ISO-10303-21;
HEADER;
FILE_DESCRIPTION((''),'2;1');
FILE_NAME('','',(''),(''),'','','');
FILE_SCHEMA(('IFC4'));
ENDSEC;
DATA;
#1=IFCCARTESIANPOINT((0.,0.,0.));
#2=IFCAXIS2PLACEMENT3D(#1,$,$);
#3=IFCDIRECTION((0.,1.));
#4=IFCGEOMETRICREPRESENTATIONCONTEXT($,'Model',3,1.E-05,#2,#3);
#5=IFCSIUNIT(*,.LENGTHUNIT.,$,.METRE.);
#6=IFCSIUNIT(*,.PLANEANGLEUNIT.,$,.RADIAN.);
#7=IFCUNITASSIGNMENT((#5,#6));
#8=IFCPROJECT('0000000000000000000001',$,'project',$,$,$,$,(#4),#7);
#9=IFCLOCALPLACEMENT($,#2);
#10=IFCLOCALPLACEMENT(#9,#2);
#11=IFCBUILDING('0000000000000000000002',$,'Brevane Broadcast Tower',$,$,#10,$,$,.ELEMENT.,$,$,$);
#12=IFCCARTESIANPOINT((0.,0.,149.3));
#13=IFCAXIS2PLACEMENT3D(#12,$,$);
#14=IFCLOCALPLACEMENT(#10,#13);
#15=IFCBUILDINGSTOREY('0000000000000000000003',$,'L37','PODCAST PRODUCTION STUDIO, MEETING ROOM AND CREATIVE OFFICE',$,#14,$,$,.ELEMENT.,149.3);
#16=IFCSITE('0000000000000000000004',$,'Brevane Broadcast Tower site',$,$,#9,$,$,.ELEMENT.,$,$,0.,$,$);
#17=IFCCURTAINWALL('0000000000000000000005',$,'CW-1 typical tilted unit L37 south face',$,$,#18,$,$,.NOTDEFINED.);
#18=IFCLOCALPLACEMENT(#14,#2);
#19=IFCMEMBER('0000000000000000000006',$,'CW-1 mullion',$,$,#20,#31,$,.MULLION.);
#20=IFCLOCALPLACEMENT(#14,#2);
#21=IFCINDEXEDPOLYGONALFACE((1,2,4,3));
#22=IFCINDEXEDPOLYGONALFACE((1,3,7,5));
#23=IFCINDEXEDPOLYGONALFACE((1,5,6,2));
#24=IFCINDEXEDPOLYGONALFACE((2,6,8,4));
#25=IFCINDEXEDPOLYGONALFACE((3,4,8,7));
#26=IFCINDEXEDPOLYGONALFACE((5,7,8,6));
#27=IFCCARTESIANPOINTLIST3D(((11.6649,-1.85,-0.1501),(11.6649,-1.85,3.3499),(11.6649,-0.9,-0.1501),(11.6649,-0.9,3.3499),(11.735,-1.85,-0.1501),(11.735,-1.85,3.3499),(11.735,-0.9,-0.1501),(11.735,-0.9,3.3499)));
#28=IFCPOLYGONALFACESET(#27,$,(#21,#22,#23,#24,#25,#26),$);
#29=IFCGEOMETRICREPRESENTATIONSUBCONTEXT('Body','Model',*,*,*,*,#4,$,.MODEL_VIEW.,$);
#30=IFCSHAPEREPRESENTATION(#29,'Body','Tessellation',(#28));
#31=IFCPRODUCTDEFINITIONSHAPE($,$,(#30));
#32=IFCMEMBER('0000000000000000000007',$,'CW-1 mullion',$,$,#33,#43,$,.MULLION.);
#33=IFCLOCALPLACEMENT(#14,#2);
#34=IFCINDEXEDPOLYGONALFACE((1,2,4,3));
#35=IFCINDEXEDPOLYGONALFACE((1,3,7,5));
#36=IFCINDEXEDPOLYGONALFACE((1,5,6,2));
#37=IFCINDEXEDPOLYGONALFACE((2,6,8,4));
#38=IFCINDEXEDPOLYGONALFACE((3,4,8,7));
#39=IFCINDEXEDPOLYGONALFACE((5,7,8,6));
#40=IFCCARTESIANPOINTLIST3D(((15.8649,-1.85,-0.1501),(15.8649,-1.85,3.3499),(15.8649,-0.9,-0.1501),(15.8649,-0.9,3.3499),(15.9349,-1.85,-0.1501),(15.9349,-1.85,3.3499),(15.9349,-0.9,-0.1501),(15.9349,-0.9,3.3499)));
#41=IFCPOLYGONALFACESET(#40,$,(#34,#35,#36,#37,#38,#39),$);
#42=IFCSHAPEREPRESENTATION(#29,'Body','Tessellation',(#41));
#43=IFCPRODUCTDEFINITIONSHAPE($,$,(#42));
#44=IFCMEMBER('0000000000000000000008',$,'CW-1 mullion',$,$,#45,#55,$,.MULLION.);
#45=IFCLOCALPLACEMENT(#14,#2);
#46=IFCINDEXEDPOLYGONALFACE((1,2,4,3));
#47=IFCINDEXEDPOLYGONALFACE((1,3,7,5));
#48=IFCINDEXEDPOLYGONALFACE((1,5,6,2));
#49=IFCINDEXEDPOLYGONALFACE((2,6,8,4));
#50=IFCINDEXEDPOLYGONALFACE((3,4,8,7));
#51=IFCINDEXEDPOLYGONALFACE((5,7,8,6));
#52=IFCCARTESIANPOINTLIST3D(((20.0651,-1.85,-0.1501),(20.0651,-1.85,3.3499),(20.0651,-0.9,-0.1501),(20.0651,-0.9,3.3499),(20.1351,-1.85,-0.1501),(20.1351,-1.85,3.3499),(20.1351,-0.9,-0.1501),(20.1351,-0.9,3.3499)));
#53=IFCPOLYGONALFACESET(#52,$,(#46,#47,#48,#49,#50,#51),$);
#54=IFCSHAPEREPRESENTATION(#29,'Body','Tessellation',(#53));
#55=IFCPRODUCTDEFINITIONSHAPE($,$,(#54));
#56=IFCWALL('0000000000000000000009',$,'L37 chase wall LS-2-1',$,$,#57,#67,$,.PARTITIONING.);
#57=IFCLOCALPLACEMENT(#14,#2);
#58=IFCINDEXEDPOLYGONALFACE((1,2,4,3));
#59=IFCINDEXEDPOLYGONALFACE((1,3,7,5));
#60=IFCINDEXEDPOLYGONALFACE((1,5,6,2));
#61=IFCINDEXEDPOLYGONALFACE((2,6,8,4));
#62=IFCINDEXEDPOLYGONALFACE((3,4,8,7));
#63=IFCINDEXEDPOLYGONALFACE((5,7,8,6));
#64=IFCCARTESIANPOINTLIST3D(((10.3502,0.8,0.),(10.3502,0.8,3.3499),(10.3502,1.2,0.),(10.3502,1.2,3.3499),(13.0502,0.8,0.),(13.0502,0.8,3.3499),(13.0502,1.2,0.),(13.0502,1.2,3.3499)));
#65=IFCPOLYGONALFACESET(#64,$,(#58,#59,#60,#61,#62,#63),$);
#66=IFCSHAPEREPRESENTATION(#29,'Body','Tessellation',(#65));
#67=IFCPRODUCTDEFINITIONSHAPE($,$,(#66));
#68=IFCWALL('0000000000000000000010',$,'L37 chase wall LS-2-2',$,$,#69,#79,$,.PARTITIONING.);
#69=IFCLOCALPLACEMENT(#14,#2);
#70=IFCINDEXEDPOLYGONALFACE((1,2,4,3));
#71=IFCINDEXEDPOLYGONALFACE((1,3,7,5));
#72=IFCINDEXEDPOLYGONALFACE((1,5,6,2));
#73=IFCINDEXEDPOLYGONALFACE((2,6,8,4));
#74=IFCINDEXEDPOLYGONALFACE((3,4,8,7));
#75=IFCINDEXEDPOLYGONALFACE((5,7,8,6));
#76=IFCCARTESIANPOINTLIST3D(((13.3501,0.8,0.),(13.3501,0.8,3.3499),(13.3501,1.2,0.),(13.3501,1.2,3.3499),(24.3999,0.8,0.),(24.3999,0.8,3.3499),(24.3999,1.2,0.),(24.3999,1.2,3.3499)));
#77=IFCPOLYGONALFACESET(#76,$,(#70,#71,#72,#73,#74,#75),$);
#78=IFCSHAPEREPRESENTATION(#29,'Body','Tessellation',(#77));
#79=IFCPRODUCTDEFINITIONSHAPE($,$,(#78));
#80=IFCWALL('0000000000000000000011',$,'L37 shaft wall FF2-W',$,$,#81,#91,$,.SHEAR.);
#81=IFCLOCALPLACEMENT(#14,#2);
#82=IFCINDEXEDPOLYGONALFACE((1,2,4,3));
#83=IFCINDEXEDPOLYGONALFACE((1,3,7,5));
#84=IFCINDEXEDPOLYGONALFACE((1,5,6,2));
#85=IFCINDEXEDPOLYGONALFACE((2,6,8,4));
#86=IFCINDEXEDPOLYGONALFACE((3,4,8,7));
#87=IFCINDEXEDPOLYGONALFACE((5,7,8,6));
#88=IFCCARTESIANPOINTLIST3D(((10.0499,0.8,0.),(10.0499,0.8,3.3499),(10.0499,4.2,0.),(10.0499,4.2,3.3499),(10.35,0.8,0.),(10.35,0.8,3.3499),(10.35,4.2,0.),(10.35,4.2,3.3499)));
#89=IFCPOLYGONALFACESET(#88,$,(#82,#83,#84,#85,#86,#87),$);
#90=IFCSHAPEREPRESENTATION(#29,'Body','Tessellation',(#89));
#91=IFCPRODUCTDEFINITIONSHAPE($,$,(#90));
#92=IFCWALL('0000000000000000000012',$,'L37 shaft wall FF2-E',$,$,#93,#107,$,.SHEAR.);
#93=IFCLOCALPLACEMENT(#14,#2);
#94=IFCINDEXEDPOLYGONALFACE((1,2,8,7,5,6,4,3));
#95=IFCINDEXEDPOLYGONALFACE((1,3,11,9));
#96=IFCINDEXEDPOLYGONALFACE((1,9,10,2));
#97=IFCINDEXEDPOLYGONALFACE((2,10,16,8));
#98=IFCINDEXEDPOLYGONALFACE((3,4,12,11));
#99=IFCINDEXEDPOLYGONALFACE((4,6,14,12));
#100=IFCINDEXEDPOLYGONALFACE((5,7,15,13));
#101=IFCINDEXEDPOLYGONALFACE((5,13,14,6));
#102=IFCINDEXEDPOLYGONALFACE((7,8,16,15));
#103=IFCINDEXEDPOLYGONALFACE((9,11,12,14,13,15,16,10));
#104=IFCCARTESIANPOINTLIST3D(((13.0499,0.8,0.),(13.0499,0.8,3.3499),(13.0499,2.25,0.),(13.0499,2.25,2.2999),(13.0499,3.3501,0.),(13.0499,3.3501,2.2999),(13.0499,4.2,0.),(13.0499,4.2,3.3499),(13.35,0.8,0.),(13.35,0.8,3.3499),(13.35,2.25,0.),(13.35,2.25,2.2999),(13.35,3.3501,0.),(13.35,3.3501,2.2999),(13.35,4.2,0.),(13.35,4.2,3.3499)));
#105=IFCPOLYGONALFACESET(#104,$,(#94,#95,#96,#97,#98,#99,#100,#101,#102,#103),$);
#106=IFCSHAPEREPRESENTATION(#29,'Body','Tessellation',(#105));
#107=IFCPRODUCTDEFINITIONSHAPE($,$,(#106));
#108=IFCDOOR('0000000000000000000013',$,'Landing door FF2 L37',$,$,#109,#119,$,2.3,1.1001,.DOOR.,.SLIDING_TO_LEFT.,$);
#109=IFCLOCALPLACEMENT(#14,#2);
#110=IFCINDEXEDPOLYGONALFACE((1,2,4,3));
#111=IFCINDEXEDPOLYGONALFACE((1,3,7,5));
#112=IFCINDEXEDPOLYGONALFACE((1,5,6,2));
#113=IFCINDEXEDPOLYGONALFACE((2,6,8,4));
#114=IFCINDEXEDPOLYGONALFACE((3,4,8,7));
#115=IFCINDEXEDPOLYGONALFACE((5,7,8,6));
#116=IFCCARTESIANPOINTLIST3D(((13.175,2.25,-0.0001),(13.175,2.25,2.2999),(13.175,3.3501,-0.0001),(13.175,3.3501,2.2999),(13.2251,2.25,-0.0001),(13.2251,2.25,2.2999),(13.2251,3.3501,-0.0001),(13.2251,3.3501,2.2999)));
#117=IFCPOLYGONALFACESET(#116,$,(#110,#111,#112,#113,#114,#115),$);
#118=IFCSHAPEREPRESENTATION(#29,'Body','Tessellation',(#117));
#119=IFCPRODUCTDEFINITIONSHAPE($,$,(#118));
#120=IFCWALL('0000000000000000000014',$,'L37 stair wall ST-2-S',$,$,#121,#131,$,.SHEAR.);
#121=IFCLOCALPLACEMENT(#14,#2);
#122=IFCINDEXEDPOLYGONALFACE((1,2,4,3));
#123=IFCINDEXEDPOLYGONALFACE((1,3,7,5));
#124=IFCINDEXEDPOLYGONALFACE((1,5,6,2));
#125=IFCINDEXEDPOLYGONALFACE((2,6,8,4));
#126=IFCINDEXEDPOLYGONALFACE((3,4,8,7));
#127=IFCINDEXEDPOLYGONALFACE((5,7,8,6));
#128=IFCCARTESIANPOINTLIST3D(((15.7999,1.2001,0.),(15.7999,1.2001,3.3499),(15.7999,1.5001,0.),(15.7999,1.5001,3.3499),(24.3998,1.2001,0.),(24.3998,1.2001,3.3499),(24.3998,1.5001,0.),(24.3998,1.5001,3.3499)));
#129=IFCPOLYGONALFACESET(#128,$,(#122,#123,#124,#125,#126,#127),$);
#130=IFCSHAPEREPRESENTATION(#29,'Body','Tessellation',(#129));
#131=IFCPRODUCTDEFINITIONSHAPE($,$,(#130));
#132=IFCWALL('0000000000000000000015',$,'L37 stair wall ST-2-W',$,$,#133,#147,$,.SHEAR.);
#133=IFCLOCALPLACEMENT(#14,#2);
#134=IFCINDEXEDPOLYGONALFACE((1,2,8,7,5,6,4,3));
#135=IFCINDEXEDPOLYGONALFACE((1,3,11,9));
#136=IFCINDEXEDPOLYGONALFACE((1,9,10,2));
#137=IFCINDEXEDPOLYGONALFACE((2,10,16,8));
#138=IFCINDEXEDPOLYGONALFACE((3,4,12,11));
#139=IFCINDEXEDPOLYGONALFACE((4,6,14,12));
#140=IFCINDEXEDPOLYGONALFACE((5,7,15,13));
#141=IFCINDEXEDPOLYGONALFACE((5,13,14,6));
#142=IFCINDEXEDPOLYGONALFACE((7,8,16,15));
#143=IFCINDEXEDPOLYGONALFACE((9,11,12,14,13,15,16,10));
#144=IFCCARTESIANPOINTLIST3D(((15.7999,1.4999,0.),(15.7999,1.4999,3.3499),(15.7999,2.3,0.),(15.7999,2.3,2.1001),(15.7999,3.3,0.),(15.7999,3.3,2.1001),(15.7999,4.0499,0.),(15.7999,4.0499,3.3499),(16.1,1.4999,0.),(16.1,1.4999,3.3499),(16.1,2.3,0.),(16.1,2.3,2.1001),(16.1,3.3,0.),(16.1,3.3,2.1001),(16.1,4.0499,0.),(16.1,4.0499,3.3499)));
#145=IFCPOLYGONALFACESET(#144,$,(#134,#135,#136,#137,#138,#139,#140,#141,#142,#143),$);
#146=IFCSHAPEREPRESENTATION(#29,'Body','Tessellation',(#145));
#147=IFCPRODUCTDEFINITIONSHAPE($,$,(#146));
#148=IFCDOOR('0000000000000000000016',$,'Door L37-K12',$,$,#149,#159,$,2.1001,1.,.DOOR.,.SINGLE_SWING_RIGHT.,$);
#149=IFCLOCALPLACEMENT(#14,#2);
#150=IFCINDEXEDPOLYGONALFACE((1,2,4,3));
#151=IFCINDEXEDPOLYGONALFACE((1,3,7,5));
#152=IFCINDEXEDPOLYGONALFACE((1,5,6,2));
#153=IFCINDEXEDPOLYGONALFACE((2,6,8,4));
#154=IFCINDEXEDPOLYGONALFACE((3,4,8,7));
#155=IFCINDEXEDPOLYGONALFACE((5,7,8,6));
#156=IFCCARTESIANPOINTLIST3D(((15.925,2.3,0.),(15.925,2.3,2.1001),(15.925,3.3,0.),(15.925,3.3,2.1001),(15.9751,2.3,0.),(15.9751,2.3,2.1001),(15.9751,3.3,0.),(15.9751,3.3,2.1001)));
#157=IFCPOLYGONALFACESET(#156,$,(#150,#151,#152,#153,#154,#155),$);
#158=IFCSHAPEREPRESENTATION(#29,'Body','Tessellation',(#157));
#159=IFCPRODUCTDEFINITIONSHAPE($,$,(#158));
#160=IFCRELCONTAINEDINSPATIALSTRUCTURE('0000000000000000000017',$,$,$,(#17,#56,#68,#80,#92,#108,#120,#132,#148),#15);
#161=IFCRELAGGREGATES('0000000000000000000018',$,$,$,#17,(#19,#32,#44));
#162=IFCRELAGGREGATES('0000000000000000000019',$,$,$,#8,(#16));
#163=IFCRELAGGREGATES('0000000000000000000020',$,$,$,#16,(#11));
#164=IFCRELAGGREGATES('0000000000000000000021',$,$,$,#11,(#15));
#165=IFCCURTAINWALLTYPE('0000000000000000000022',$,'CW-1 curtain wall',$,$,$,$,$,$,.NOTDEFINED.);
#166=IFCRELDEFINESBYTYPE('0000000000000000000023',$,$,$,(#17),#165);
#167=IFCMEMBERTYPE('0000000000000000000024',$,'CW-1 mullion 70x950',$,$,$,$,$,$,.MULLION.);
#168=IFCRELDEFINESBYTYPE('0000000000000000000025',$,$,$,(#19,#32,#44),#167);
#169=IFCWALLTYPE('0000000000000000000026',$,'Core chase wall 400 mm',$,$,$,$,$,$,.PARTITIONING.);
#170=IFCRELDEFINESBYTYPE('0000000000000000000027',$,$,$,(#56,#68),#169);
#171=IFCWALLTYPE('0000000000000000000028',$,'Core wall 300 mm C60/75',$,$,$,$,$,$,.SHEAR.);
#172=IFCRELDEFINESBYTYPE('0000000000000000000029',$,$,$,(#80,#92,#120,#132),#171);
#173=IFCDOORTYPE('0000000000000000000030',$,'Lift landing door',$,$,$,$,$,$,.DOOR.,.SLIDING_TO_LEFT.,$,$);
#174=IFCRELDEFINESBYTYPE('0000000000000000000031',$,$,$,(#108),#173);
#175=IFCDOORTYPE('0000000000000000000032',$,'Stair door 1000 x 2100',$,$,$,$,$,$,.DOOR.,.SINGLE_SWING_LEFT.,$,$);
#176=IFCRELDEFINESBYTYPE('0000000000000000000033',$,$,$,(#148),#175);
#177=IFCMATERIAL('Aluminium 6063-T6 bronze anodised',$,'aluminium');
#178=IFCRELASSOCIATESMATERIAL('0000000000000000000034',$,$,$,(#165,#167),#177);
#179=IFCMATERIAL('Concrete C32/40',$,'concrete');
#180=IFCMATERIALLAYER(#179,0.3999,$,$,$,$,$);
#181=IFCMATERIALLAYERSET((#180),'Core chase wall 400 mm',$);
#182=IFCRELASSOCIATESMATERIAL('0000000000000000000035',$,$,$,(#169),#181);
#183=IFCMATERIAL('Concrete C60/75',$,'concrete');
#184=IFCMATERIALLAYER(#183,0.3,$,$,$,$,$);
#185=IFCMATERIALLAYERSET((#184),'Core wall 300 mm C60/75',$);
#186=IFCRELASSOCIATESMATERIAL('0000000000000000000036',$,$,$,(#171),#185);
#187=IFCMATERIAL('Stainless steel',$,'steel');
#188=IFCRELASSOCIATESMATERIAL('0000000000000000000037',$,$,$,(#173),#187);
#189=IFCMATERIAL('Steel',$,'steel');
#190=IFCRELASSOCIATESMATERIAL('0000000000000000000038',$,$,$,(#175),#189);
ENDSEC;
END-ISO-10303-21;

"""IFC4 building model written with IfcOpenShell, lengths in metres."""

from ifc_helpers import new_model, si_unit, direction, frame, frame_2d, origin, origin_2d, place, context, subcontext, project, spatial, rectangle, extrude, material, layer, layer_set, material_profile, profile_set, type_object, element, fill, aggregate, save


model = new_model("IFC4")

# Units and contexts
model_context = context("Model", 3, precision=1e-05, world=origin(), true_north=direction((0.0, 1.0)))
body_context = subcontext(model_context, "Body", "Model", "MODEL_VIEW")
ifc_project = project(units=[si_unit("LENGTHUNIT", "METRE"), si_unit("PLANEANGLEUNIT", "RADIAN")], contexts=[model_context])

# Site, building, storey
site_placement = place(None, origin())
site = spatial("IfcSite", under=ifc_project, at=site_placement, Name="Brevane Broadcast Tower site", CompositionType="ELEMENT", RefElevation=0.0)
building_placement = place(site_placement, origin())
building = spatial("IfcBuilding", under=site, at=building_placement, Name="Brevane Broadcast Tower", CompositionType="ELEMENT")
storey_placement = place(building_placement, frame((0.0, 0.0, 149.3)))
storey = spatial("IfcBuildingStorey", under=building, at=storey_placement, Name="L37", Description="PODCAST PRODUCTION STUDIO, MEETING ROOM AND CREATIVE OFFICE", CompositionType="ELEMENT", Elevation=149.3)

# Curtain wall, members
ifc_material_1 = material(Name="Aluminium 6063-T6 bronze anodised", Category="aluminium")
curtain_wall_type = type_object("IfcCurtainWallType", Name="CW-1 curtain wall", PredefinedType="NOTDEFINED", material=ifc_material_1)
curtain_wall_placement = place(storey_placement, origin())
curtain_wall = element("IfcCurtainWall", 1, at=curtain_wall_placement, inside=storey, type_object=curtain_wall_type, Name="CW-1 typical tilted unit L37 south face", PredefinedType="NOTDEFINED")
ifc_material_profile = material_profile(ifc_material_1, rectangle(XDim=0.95, YDim=0.0701, at=origin_2d()), Name="RECT 70x950")
ifc_profile_set = profile_set([ifc_material_profile], Name="Aluminium 6063-T6 bronze anodised")
member_type = type_object("IfcMemberType", Name="CW-1 mullion 70x950", PredefinedType="MULLION", material=ifc_profile_set)
member_1_placement = place(storey_placement, frame((11.7, -1.375, -0.1501), z_axis=(0.0, 0.0, 1.0), x_axis=(0.0, 1.0, 0.0)))
member_1 = element("IfcMember", 2, at=member_1_placement, type_object=member_type, Name="CW-1 mullion", PredefinedType="MULLION", context=body_context, shape_type="SweptSolid", body=[
    extrude(rectangle(XDim=0.95, YDim=0.0701, at=origin_2d()), origin(), (0.0, 0.0, 1.0), 3.5),
])
member_2_placement = place(storey_placement, frame((15.8999, -1.375, -0.1501), z_axis=(0.0, 0.0, 1.0), x_axis=(0.0, 1.0, 0.0)))
member_2 = element("IfcMember", 3, at=member_2_placement, type_object=member_type, Name="CW-1 mullion", PredefinedType="MULLION", context=body_context, shape_type="SweptSolid", body=[
    extrude(rectangle(XDim=0.95, YDim=0.0701, at=origin_2d()), origin(), (0.0, 0.0, 1.0), 3.5),
])
member_3_placement = place(storey_placement, frame((20.1001, -1.375, -0.1501), z_axis=(0.0, 0.0, 1.0), x_axis=(0.0, 1.0, 0.0)))
member_3 = element("IfcMember", 4, at=member_3_placement, type_object=member_type, Name="CW-1 mullion", PredefinedType="MULLION", context=body_context, shape_type="SweptSolid", body=[
    extrude(rectangle(XDim=0.95, YDim=0.0701, at=origin_2d()), origin(), (0.0, 0.0, 1.0), 3.5),
])
aggregate(curtain_wall, [member_1, member_2, member_3])

# Walls
ifc_material_2 = material(Name="Concrete C32/40", Category="concrete")
ifc_layer_1 = layer(ifc_material_2, 0.3999)
ifc_layer_set_1 = layer_set([ifc_layer_1], Name="Core chase wall 400 mm")
wall_type_1 = type_object("IfcWallType", Name="Core chase wall 400 mm", PredefinedType="PARTITIONING", material=ifc_layer_set_1)
wall_1_placement = place(storey_placement, frame((10.3501, 1.0, 0.0), z_axis=(0.0, 0.0, 1.0), x_axis=(1.0, 0.0, 0.0)))
element("IfcWall", 5, at=wall_1_placement, inside=storey, type_object=wall_type_1, Name="L37 chase wall LS-2-1", PredefinedType="PARTITIONING", context=body_context, shape_type="SweptSolid", body=[
    extrude(rectangle(XDim=2.7, YDim=0.3999, at=frame_2d((1.3501, 0.0))), origin(), (0.0, 0.0, 1.0), 3.3499),
])
wall_2_placement = place(storey_placement, frame((13.3501, 1.0, 0.0), z_axis=(0.0, 0.0, 1.0), x_axis=(1.0, 0.0, 0.0)))
element("IfcWall", 6, at=wall_2_placement, inside=storey, type_object=wall_type_1, Name="L37 chase wall LS-2-2", PredefinedType="PARTITIONING", context=body_context, shape_type="SweptSolid", body=[
    extrude(rectangle(XDim=11.0498, YDim=0.3999, at=frame_2d((5.5249, 0.0))), origin(), (0.0, 0.0, 1.0), 3.3499),
])
ifc_material_3 = material(Name="Concrete C60/75", Category="concrete")
ifc_layer_2 = layer(ifc_material_3, 0.3)
ifc_layer_set_2 = layer_set([ifc_layer_2], Name="Core wall 300 mm C60/75")
wall_type_2 = type_object("IfcWallType", Name="Core wall 300 mm C60/75", PredefinedType="SHEAR", material=ifc_layer_set_2)
wall_3_placement = place(storey_placement, frame((10.2, 0.8, 0.0), z_axis=(0.0, 0.0, 1.0), x_axis=(0.0, 1.0, 0.0)))
element("IfcWall", 7, at=wall_3_placement, inside=storey, type_object=wall_type_2, Name="L37 shaft wall FF2-W", PredefinedType="SHEAR", context=body_context, shape_type="SweptSolid", body=[
    extrude(rectangle(XDim=3.3999, YDim=0.3, at=frame_2d((1.7, 0.0))), origin(), (0.0, 0.0, 1.0), 3.3499),
])

# Wall, opening, door
wall_4_placement = place(storey_placement, frame((13.2, 0.8, 0.0), z_axis=(0.0, 0.0, 1.0), x_axis=(0.0, 1.0, 0.0)))
wall_4 = element("IfcWall", 8, at=wall_4_placement, inside=storey, type_object=wall_type_2, Name="L37 shaft wall FF2-E", PredefinedType="SHEAR", context=body_context, shape_type="SweptSolid", body=[
    extrude(rectangle(XDim=3.3999, YDim=0.3, at=frame_2d((1.7, 0.0))), origin(), (0.0, 0.0, 1.0), 3.3499),
])
opening_1_placement = place(wall_4_placement, frame((1.45, 0.0, 0.0)))
opening_1 = element("IfcOpeningElement", 9, at=opening_1_placement, cuts=wall_4, PredefinedType="OPENING", context=body_context, shape_type="SweptSolid", body=[
    extrude(rectangle(XDim=1.1001, YDim=2.3, at=frame_2d((0.55, 1.1499))), frame((0.0, 0.1599, 0.0), z_axis=(0.0, -1.0, 0.0), x_axis=(1.0, 0.0, 0.0)), (0.0, 0.0, 1.0), 0.3201),
])
ifc_material_4 = material(Name="Stainless steel", Category="steel")
door_type_1 = type_object("IfcDoorType", Name="Lift landing door", OperationType="SLIDING_TO_LEFT", PredefinedType="DOOR", material=ifc_material_4)
door_1_placement = place(opening_1_placement, origin())
door_1 = element("IfcDoor", 10, at=door_1_placement, inside=storey, type_object=door_type_1, Name="Landing door FF2 L37", OperationType="SLIDING_TO_LEFT", OverallHeight=2.3, OverallWidth=1.1001, PredefinedType="DOOR", context=body_context, shape_type="SweptSolid", body=[
    extrude(rectangle(XDim=1.1001, YDim=2.3, at=frame_2d((0.55, 1.1499))), frame((0.0, 0.0249, 0.0), z_axis=(0.0, -1.0, 0.0), x_axis=(1.0, 0.0, 0.0)), (0.0, 0.0, 1.0), 0.05),
])
fill(opening_1, door_1)

# Wall
wall_5_placement = place(storey_placement, frame((15.8, 1.3501, 0.0), z_axis=(0.0, 0.0, 1.0), x_axis=(1.0, 0.0, 0.0)))
element("IfcWall", 11, at=wall_5_placement, inside=storey, type_object=wall_type_2, Name="L37 stair wall ST-2-S", PredefinedType="SHEAR", context=body_context, shape_type="SweptSolid", body=[
    extrude(rectangle(XDim=8.5999, YDim=0.3, at=frame_2d((4.2998, 0.0))), origin(), (0.0, 0.0, 1.0), 3.3499),
])

# Wall, opening, door
wall_6_placement = place(storey_placement, frame((15.95, 1.5, 0.0), z_axis=(0.0, 0.0, 1.0), x_axis=(0.0, 1.0, 0.0)))
wall_6 = element("IfcWall", 12, at=wall_6_placement, inside=storey, type_object=wall_type_2, Name="L37 stair wall ST-2-W", PredefinedType="SHEAR", context=body_context, shape_type="SweptSolid", body=[
    extrude(rectangle(XDim=2.55, YDim=0.3, at=frame_2d((1.2749, 0.0))), origin(), (0.0, 0.0, 1.0), 3.3499),
])
opening_2_placement = place(wall_6_placement, frame((0.8, 0.0, 0.0)))
opening_2 = element("IfcOpeningElement", 13, at=opening_2_placement, cuts=wall_6, PredefinedType="OPENING", context=body_context, shape_type="SweptSolid", body=[
    extrude(rectangle(XDim=1.0, YDim=2.1001, at=frame_2d((0.5, 1.05))), frame((0.0, 0.1599, 0.0), z_axis=(0.0, -1.0, 0.0), x_axis=(1.0, 0.0, 0.0)), (0.0, 0.0, 1.0), 0.3201),
])
ifc_material_5 = material(Name="Steel", Category="steel")
door_type_2 = type_object("IfcDoorType", Name="Stair door 1000 x 2100", OperationType="SINGLE_SWING_LEFT", PredefinedType="DOOR", material=ifc_material_5)
door_2_placement = place(opening_2_placement, origin())
door_2 = element("IfcDoor", 14, at=door_2_placement, inside=storey, type_object=door_type_2, Name="Door L37-K12", OperationType="SINGLE_SWING_RIGHT", OverallHeight=2.1001, OverallWidth=1.0, PredefinedType="DOOR", context=body_context, shape_type="SweptSolid", body=[
    extrude(rectangle(XDim=1.0, YDim=2.1001, at=frame_2d((0.5, 1.05))), frame((0.0, 0.0249, 0.0), z_axis=(0.0, -1.0, 0.0), x_axis=(1.0, 0.0, 0.0)), (0.0, 0.0, 1.0), 0.05),
])
fill(opening_2, door_2)

save(model, "model.ifc")
